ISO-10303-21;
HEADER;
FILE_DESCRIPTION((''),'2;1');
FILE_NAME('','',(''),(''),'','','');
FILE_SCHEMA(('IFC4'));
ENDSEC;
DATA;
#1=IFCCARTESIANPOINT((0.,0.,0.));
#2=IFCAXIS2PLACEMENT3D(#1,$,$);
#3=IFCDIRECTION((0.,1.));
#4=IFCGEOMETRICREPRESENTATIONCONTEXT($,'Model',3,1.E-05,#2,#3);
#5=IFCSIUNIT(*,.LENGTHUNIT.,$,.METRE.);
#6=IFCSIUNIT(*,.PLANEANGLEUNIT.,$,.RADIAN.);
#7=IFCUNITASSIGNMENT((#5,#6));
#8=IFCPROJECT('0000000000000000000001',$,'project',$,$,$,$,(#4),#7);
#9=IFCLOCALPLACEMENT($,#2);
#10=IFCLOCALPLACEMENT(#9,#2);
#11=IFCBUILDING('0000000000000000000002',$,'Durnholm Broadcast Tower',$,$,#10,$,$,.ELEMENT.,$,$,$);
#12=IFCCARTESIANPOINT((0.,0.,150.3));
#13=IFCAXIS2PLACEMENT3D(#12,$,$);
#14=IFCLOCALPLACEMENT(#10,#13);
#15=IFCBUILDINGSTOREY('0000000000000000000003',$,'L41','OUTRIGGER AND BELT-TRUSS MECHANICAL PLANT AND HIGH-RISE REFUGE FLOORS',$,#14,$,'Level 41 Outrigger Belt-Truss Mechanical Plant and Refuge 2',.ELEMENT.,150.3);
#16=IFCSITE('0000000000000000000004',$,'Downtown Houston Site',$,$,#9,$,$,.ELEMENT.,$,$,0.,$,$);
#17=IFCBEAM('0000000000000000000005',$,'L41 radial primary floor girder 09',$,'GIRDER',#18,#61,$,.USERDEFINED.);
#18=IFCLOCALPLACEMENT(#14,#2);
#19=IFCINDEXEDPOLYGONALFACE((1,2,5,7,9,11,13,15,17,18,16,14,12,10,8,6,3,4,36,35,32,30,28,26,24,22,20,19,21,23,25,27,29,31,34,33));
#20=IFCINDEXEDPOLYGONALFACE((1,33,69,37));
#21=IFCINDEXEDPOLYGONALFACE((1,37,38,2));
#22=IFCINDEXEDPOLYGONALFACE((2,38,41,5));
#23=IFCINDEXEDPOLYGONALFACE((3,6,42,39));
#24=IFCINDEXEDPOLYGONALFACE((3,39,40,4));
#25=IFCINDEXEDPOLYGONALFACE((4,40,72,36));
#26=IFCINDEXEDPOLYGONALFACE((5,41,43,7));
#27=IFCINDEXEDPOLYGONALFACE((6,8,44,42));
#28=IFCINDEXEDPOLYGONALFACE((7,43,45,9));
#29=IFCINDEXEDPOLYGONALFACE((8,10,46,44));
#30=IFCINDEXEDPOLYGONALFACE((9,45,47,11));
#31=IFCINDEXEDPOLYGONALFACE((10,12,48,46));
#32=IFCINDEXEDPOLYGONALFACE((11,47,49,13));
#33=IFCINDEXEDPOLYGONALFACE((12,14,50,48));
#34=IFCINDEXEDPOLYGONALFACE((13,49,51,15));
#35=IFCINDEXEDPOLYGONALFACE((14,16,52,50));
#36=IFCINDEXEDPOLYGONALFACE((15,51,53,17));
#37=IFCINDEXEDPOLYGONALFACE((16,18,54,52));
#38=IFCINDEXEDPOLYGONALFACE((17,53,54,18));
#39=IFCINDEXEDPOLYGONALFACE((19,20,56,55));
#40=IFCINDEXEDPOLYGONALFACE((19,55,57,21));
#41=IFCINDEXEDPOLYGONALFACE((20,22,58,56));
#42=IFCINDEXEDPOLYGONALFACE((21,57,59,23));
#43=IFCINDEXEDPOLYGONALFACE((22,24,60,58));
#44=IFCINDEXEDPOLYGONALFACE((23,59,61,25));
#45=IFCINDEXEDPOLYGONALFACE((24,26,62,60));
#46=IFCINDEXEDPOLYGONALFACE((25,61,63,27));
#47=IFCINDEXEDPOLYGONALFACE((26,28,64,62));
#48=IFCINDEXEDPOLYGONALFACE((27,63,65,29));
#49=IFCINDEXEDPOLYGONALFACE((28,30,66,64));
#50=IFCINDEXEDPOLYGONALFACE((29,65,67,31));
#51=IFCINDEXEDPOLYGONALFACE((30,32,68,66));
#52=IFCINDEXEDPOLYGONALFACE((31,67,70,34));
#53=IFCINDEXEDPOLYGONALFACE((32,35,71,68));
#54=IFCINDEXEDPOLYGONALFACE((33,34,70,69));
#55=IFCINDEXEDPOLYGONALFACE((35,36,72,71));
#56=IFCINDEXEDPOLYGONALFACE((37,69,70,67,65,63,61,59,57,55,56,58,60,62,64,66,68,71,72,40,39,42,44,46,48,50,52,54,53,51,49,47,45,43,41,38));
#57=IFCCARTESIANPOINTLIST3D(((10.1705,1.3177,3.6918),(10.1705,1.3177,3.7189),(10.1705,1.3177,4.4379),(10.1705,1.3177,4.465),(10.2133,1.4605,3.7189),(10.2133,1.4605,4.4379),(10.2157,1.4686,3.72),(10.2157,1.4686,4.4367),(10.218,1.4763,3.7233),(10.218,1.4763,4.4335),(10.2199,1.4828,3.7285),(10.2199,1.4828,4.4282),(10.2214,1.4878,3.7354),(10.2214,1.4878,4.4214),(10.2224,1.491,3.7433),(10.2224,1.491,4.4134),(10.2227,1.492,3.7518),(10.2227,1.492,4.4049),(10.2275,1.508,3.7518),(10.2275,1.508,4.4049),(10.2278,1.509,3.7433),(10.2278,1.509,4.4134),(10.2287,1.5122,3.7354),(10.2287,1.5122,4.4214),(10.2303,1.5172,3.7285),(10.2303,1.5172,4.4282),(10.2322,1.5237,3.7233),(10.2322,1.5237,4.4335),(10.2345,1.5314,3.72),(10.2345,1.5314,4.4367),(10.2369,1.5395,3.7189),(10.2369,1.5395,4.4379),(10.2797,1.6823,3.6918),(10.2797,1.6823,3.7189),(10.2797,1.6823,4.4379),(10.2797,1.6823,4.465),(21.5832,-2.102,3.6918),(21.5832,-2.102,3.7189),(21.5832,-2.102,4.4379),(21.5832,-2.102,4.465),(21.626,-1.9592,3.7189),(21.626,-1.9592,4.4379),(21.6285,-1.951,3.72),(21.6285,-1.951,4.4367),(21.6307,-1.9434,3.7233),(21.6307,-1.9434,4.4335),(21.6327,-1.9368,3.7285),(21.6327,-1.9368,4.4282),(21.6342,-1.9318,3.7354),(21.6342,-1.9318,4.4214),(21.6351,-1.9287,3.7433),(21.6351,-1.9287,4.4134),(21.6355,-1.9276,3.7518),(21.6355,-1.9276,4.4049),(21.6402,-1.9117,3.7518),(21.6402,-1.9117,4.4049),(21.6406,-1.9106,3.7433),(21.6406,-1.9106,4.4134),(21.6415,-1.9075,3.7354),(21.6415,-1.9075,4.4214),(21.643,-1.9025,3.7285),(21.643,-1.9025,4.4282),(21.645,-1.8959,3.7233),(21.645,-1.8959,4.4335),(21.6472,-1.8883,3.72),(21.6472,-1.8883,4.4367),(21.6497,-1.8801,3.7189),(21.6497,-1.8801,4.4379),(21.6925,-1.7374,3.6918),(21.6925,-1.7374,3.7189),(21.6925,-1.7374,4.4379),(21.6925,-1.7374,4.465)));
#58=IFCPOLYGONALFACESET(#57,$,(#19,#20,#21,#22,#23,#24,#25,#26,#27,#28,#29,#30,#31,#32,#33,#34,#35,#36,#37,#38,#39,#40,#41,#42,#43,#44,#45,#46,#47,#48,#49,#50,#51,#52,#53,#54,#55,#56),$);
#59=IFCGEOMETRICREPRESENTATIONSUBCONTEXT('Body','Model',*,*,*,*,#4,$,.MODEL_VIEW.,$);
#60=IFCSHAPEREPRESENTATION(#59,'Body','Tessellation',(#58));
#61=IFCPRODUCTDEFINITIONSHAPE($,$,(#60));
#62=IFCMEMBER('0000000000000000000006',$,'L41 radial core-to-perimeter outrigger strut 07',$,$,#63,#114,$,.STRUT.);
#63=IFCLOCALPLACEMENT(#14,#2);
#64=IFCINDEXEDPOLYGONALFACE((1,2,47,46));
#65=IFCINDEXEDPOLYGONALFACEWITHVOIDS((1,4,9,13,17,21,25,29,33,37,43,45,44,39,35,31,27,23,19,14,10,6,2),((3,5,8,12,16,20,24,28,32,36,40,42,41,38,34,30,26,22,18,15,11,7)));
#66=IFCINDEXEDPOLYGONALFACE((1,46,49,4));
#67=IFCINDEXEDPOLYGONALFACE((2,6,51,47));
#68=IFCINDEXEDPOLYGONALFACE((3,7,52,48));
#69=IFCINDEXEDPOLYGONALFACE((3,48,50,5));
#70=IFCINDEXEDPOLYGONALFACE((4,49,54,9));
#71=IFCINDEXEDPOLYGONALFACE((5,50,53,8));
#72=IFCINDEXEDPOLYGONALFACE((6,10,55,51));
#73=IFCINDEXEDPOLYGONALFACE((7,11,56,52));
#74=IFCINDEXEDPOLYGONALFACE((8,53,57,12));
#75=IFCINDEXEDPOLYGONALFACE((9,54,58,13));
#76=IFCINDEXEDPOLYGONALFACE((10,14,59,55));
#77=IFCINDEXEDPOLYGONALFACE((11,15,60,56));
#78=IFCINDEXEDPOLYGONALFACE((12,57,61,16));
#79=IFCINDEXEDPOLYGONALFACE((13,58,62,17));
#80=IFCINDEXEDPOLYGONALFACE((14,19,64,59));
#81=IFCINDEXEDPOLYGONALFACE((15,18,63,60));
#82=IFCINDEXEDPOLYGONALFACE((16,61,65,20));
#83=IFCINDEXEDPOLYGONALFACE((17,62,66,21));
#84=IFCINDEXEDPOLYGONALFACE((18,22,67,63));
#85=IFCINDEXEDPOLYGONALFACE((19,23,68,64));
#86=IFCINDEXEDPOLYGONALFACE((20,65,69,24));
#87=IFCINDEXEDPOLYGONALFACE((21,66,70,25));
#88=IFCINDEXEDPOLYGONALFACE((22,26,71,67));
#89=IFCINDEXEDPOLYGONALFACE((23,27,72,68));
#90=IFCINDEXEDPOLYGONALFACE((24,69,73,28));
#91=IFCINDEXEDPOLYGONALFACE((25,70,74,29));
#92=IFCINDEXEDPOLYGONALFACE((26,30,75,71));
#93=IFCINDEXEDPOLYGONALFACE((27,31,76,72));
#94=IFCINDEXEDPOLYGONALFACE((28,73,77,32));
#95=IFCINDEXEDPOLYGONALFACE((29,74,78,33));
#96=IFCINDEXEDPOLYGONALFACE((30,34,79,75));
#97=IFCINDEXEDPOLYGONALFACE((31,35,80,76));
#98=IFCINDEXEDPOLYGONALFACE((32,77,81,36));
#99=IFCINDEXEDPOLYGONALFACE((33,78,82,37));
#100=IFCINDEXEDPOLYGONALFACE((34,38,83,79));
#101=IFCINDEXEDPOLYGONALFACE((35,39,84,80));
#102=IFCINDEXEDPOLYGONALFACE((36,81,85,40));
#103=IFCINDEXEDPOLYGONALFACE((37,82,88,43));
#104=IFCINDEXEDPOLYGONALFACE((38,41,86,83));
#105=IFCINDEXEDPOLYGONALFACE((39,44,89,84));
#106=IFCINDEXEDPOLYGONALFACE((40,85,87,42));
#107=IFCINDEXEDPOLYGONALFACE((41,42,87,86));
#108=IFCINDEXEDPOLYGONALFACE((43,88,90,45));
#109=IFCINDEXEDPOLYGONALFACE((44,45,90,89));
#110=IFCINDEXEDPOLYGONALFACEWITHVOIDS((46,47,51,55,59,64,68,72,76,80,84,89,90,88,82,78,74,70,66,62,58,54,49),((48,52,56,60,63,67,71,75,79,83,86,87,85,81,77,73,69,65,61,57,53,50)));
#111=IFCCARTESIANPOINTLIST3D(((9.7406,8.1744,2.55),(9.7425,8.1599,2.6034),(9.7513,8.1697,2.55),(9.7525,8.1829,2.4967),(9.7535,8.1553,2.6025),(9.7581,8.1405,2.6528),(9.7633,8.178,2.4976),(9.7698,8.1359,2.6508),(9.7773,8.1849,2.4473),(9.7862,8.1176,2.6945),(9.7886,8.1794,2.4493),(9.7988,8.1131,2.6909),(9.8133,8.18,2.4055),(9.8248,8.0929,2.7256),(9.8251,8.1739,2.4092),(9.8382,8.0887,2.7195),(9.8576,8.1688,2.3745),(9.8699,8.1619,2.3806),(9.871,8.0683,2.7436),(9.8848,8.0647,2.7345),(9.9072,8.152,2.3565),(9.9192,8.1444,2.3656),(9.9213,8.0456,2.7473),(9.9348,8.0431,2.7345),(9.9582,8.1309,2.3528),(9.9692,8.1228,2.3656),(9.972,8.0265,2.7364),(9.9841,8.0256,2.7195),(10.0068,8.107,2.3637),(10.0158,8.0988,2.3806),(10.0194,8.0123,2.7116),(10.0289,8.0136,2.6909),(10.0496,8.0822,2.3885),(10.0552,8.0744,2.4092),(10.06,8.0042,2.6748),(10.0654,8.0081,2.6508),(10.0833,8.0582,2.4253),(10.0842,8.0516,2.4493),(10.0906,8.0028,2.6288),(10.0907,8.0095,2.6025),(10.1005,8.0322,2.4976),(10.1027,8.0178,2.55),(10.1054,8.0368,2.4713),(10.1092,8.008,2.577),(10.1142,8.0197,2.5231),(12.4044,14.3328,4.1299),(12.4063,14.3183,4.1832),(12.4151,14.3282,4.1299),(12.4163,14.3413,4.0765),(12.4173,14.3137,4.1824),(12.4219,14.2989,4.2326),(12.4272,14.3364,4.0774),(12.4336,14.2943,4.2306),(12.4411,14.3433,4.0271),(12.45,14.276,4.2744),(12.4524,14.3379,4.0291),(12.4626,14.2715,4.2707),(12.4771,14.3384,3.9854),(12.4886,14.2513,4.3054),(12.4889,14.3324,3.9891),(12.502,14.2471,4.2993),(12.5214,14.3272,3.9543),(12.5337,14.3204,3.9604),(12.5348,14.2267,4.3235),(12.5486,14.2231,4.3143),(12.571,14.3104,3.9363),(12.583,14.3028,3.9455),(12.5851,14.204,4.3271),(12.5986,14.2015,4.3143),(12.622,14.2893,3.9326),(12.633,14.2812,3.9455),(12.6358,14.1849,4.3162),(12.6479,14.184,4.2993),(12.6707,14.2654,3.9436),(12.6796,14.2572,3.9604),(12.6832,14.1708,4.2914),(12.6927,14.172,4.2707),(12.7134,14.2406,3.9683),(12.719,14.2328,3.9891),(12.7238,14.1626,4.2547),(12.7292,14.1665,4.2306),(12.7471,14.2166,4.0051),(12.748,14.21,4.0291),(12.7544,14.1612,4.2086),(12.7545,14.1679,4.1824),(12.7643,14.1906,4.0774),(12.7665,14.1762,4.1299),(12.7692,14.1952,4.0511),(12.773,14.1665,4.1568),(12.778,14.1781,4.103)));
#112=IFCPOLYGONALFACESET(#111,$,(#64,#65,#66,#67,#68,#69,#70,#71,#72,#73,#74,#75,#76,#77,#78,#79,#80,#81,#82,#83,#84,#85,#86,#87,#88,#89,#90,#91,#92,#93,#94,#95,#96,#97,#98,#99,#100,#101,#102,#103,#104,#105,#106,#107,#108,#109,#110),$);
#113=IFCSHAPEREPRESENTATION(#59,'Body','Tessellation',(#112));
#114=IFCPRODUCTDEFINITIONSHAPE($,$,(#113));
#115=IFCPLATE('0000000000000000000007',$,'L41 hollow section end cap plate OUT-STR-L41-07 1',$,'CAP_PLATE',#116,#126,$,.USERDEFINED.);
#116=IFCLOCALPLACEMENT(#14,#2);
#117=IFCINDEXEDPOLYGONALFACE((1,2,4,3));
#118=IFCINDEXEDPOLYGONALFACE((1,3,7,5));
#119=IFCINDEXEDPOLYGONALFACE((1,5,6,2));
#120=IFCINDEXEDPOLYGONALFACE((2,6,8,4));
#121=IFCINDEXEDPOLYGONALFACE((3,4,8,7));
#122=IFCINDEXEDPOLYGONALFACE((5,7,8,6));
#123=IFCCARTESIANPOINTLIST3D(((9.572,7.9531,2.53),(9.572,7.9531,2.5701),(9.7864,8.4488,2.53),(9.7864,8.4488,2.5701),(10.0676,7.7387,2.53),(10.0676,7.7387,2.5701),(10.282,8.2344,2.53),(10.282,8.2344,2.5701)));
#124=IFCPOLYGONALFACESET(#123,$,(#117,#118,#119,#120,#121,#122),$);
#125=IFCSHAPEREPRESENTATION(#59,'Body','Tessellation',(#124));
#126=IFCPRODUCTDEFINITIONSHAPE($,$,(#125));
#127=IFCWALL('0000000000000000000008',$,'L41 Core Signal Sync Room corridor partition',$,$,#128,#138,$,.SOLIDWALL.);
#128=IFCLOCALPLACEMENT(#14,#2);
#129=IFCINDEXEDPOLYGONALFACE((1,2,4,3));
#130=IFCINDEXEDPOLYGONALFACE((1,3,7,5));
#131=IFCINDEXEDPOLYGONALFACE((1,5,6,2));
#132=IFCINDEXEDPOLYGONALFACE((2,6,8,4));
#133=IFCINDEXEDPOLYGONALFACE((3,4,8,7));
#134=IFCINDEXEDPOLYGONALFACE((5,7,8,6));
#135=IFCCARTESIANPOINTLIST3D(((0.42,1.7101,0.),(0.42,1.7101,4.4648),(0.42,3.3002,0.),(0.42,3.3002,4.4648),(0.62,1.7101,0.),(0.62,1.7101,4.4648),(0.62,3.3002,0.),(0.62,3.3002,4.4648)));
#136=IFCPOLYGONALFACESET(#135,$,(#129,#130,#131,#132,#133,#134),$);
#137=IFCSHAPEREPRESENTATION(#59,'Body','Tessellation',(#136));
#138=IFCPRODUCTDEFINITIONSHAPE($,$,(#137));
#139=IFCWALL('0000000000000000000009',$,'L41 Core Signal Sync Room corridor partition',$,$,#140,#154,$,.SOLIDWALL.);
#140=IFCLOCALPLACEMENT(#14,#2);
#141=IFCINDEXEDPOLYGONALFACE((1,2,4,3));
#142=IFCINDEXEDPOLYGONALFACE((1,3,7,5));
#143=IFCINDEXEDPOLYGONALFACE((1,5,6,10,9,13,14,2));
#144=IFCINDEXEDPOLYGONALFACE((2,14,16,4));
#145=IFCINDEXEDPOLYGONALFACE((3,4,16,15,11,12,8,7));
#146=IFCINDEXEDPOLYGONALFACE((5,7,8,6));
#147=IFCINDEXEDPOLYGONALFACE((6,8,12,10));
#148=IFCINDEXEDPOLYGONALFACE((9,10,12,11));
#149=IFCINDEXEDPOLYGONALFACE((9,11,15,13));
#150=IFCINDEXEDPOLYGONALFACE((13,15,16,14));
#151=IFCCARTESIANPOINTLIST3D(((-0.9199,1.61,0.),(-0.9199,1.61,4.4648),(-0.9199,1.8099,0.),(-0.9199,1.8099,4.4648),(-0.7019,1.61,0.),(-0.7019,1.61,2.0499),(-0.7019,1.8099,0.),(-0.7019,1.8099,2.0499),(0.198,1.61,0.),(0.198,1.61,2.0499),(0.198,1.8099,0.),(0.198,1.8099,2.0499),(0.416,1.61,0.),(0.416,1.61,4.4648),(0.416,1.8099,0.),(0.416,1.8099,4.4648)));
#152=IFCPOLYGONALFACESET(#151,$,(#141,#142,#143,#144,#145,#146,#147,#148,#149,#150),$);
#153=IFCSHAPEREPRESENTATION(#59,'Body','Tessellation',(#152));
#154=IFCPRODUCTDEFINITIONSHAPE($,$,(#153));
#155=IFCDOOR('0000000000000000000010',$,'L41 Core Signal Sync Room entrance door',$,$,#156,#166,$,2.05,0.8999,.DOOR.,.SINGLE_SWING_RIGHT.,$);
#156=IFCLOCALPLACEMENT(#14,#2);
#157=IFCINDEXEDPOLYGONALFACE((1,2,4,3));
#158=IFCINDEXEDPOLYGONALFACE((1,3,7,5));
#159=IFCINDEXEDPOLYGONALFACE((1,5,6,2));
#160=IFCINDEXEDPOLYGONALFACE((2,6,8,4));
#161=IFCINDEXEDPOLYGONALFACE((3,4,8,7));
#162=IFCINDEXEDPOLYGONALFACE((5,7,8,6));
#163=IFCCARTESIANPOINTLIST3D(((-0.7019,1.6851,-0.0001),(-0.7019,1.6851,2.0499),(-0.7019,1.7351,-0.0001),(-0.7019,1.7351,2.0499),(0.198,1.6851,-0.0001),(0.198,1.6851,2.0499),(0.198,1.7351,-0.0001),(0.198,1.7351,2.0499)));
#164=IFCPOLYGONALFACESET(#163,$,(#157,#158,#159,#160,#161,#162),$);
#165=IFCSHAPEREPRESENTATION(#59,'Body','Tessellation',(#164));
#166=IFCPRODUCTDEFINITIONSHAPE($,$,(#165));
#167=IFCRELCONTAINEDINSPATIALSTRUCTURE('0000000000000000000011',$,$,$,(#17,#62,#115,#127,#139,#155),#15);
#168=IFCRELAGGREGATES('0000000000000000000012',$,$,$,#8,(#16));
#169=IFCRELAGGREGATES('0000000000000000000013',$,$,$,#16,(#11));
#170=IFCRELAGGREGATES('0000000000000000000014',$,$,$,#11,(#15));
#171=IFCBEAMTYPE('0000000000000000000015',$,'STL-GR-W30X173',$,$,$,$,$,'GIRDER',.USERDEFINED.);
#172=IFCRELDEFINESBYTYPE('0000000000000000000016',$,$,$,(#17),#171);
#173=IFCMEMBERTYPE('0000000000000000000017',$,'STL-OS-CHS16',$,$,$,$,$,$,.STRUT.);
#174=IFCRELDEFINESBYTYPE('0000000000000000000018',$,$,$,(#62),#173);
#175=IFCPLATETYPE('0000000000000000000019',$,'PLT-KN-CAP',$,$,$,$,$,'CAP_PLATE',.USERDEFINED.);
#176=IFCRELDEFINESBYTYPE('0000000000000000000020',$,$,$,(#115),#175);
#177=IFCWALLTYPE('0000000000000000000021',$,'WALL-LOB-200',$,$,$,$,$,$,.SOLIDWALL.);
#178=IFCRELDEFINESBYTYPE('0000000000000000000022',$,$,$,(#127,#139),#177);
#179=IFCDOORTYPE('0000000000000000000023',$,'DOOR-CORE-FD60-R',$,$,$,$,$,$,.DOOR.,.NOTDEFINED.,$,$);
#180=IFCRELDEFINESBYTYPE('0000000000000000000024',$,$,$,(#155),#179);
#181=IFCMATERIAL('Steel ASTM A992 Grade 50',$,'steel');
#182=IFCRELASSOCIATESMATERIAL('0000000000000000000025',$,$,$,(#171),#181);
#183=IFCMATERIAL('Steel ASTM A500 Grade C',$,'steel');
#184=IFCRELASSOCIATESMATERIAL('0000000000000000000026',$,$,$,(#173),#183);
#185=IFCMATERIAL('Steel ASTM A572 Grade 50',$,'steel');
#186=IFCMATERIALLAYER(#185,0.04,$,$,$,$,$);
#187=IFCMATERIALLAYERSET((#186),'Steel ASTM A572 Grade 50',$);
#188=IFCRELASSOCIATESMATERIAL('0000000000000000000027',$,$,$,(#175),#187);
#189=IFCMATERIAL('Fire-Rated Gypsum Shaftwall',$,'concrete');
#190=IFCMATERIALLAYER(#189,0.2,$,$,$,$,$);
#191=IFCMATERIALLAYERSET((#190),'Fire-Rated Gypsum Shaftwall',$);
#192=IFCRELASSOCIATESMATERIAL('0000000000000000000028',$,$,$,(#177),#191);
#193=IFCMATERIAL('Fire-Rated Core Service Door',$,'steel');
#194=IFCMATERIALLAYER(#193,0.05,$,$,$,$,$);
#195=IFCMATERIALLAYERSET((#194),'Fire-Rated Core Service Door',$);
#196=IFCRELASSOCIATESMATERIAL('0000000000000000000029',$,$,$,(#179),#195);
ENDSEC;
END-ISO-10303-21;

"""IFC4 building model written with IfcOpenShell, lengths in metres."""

from ifc_helpers import new_model, si_unit, direction, frame, frame_2d, origin, origin_2d, place, context, subcontext, project, spatial, rectangle, hollow_circle, i_section, extrude, source, transform, mapped, material, layer, layer_set, material_profile, profile_set, type_object, type_shapes, element, fill, save


model = new_model("IFC4")

# Units and contexts
model_context = context("Model", 3, precision=1e-05, world=origin(), true_north=direction((0.0, 1.0)))
body_context = subcontext(model_context, "Body", "Model", "MODEL_VIEW")
ifc_project = project(units=[si_unit("LENGTHUNIT", "METRE"), si_unit("PLANEANGLEUNIT", "RADIAN")], contexts=[model_context])

# Site, building, storey
site_placement = place(None, origin())
site = spatial("IfcSite", under=ifc_project, at=site_placement, Name="Downtown Houston Site", CompositionType="ELEMENT", RefElevation=0.0)
building_placement = place(site_placement, origin())
building = spatial("IfcBuilding", under=site, at=building_placement, Name="Durnholm Broadcast Tower", CompositionType="ELEMENT")
storey_placement = place(building_placement, frame((0.0, 0.0, 150.3)))
storey = spatial("IfcBuildingStorey", under=building, at=storey_placement, Name="L41", Description="OUTRIGGER AND BELT-TRUSS MECHANICAL PLANT AND HIGH-RISE REFUGE FLOORS", LongName="Level 41 Outrigger Belt-Truss Mechanical Plant and Refuge 2", CompositionType="ELEMENT", Elevation=150.3)

# Beam
ifc_material_1 = material(Name="Steel ASTM A992 Grade 50", Category="steel")
ifc_material_profile_1 = material_profile(ifc_material_1, i_section(OverallWidth=0.3806, OverallDepth=0.7732, WebThickness=0.0166, FlangeThickness=0.0271, FilletRadius=0.033, at=origin_2d()), Name="W30X173")
ifc_profile_set_1 = profile_set([ifc_material_profile_1], Name="Steel ASTM A992 Grade 50")
beam_type = type_object("IfcBeamType", Name="STL-GR-W30X173", ElementType="GIRDER", PredefinedType="USERDEFINED", material=ifc_profile_set_1)
shared_shape_1 = source(origin(), body_context, "Body", "SweptSolid", [
    extrude(i_section(OverallWidth=0.3806, OverallDepth=0.7732, WebThickness=0.0166, FlangeThickness=0.0271, FilletRadius=0.033, at=origin_2d()), origin(), (0.0, 0.0, 1.0), 11.9141),
])
beam_1_placement = place(storey_placement, frame((10.2251, 1.5, 4.0784), z_axis=(0.957923, -0.287026, 0.0), x_axis=(0.287026, 0.957923, 0.0)))
element("IfcBeam", 1, at=beam_1_placement, inside=storey, type_object=beam_type, Name="L41 radial primary floor girder 09", ObjectType="GIRDER", PredefinedType="USERDEFINED", context=body_context, shape_type="MappedRepresentation", body=[
    mapped(shared_shape_1, transform((0.0, 0.0, 0.0), x_axis=(1.0, 0.0, 0.0), y_axis=(0.0, 1.0, 0.0), z_axis=(0.0, 0.0, 1.0), scale=1.0)),
])

# Member
ifc_material_2 = material(Name="Steel ASTM A500 Grade C", Category="steel")
ifc_material_profile_2 = material_profile(ifc_material_2, hollow_circle(Radius=0.2031, WallThickness=0.0117, at=origin_2d()), Name="HSS16.000X0.500")
ifc_profile_set_2 = profile_set([ifc_material_profile_2], Name="Steel ASTM A500 Grade C")
member_type = type_object("IfcMemberType", Name="STL-OS-CHS16", PredefinedType="STRUT", material=ifc_profile_set_2)
shared_shape_2 = source(origin(), body_context, "Body", "SweptSolid", [
    extrude(hollow_circle(Radius=0.2031, WallThickness=0.0117, at=origin_2d()), origin(), (0.0, 0.0, 1.0), 6.8933),
])
type_shapes(member_type, [shared_shape_2])
member_placement = place(storey_placement, frame((9.927, 8.0938, 2.55), z_axis=(0.386433, 0.89339, 0.229182), x_axis=(-0.917819, 0.397, 0.0)))
element("IfcMember", 2, at=member_placement, inside=storey, type_object=member_type, Name="L41 radial core-to-perimeter outrigger strut 07", PredefinedType="STRUT", context=body_context, shape_type="MappedRepresentation", body=[
    mapped(shared_shape_2, transform((0.0, 0.0, 0.0), x_axis=(1.0, 0.0, 0.0), y_axis=(0.0, 1.0, 0.0), z_axis=(0.0, 0.0, 1.0), scale=1.0)),
])

# Plate
ifc_material_3 = material(Name="Steel ASTM A572 Grade 50", Category="steel")
ifc_layer_1 = layer(ifc_material_3, 0.04)
ifc_layer_set_1 = layer_set([ifc_layer_1], Name="Steel ASTM A572 Grade 50")
plate_type = type_object("IfcPlateType", Name="PLT-KN-CAP", ElementType="CAP_PLATE", PredefinedType="USERDEFINED", material=ifc_layer_set_1)
shared_shape_3 = source(origin(), body_context, "Body", "SweptSolid", [
    extrude(rectangle(XDim=0.54, YDim=0.54, at=origin_2d()), origin(), (0.0, 0.0, 1.0), 0.04),
])
type_shapes(plate_type, [shared_shape_3])
plate_placement = place(storey_placement, frame((9.927, 8.0938, 2.53), z_axis=(0.0, 0.0, 1.0), x_axis=(0.396988, 0.917824, 0.0)))
element("IfcPlate", 3, at=plate_placement, inside=storey, type_object=plate_type, Name="L41 hollow section end cap plate OUT-STR-L41-07 1", ObjectType="CAP_PLATE", PredefinedType="USERDEFINED", context=body_context, shape_type="MappedRepresentation", body=[
    mapped(shared_shape_3, transform((0.0, 0.0, 0.0), x_axis=(1.0, 0.0, 0.0), y_axis=(0.0, 1.0, 0.0), z_axis=(0.0, 0.0, 1.0), scale=1.0)),
])

# Wall
ifc_material_4 = material(Name="Fire-Rated Gypsum Shaftwall", Category="concrete")
ifc_layer_2 = layer(ifc_material_4, 0.2)
ifc_layer_set_2 = layer_set([ifc_layer_2], Name="Fire-Rated Gypsum Shaftwall")
wall_type_1 = type_object("IfcWallType", Name="WALL-LOB-200", PredefinedType="SOLIDWALL", material=ifc_layer_set_2)
wall_1_placement = place(storey_placement, frame((0.52, 3.3, 0.0), z_axis=(0.0, 0.0, 1.0), x_axis=(0.0, -1.0, 0.0)))
element("IfcWall", 4, at=wall_1_placement, inside=storey, type_object=wall_type_1, Name="L41 Core Signal Sync Room corridor partition", PredefinedType="SOLIDWALL", context=body_context, shape_type="SweptSolid", body=[
    extrude(rectangle(XDim=1.5901, YDim=0.2, at=frame_2d((0.7949, 0.0))), origin(), (0.0, 0.0, 1.0), 4.4648),
])

# Wall, opening, door
wall_2_placement = place(storey_placement, frame((0.416, 1.71, 0.0), z_axis=(0.0, 0.0, 1.0), x_axis=(-1.0, 0.0, 0.0)))
wall_2 = element("IfcWall", 5, at=wall_2_placement, inside=storey, type_object=wall_type_1, Name="L41 Core Signal Sync Room corridor partition", PredefinedType="SOLIDWALL", context=body_context, shape_type="SweptSolid", body=[
    extrude(rectangle(XDim=1.3359, YDim=0.2, at=frame_2d((0.668, 0.0))), origin(), (0.0, 0.0, 1.0), 4.4648),
])
opening_1_placement = place(wall_2_placement, frame((0.218, 0.0, 0.0)))
opening_1 = element("IfcOpeningElement", 6, at=opening_1_placement, cuts=wall_2, PredefinedType="OPENING", context=body_context, shape_type="SweptSolid", body=[
    extrude(rectangle(XDim=0.8999, YDim=2.05, at=frame_2d((0.45, 1.0249))), frame((0.0, 0.1099, 0.0), z_axis=(0.0, -1.0, 0.0), x_axis=(1.0, 0.0, 0.0)), (0.0, 0.0, 1.0), 0.22),
])
ifc_material_5 = material(Name="Fire-Rated Core Service Door", Category="steel")
ifc_layer_3 = layer(ifc_material_5, 0.05)
ifc_layer_set_3 = layer_set([ifc_layer_3], Name="Fire-Rated Core Service Door")
door_type_1 = type_object("IfcDoorType", Name="DOOR-CORE-FD60-R", OperationType="NOTDEFINED", PredefinedType="DOOR", material=ifc_layer_set_3)
shared_shape_4 = source(origin(), body_context, "Body", "SweptSolid", [
    extrude(rectangle(XDim=0.8999, YDim=2.05, at=frame_2d((0.45, 1.0249))), frame((0.0, 0.0249, 0.0), z_axis=(0.0, -1.0, 0.0), x_axis=(1.0, 0.0, 0.0)), (0.0, 0.0, 1.0), 0.05),
])
type_shapes(door_type_1, [shared_shape_4])
door_1_placement = place(opening_1_placement, origin())
door_1 = element("IfcDoor", 7, at=door_1_placement, inside=storey, type_object=door_type_1, Name="L41 Core Signal Sync Room entrance door", OperationType="SINGLE_SWING_RIGHT", OverallHeight=2.05, OverallWidth=0.8999, PredefinedType="DOOR", context=body_context, shape_type="MappedRepresentation", body=[
    mapped(shared_shape_4, transform((0.0, 0.0, 0.0), x_axis=(1.0, 0.0, 0.0), y_axis=(0.0, 1.0, 0.0), z_axis=(0.0, 0.0, 1.0), scale=1.0)),
])
fill(opening_1, door_1)

save(model, "model.ifc")
